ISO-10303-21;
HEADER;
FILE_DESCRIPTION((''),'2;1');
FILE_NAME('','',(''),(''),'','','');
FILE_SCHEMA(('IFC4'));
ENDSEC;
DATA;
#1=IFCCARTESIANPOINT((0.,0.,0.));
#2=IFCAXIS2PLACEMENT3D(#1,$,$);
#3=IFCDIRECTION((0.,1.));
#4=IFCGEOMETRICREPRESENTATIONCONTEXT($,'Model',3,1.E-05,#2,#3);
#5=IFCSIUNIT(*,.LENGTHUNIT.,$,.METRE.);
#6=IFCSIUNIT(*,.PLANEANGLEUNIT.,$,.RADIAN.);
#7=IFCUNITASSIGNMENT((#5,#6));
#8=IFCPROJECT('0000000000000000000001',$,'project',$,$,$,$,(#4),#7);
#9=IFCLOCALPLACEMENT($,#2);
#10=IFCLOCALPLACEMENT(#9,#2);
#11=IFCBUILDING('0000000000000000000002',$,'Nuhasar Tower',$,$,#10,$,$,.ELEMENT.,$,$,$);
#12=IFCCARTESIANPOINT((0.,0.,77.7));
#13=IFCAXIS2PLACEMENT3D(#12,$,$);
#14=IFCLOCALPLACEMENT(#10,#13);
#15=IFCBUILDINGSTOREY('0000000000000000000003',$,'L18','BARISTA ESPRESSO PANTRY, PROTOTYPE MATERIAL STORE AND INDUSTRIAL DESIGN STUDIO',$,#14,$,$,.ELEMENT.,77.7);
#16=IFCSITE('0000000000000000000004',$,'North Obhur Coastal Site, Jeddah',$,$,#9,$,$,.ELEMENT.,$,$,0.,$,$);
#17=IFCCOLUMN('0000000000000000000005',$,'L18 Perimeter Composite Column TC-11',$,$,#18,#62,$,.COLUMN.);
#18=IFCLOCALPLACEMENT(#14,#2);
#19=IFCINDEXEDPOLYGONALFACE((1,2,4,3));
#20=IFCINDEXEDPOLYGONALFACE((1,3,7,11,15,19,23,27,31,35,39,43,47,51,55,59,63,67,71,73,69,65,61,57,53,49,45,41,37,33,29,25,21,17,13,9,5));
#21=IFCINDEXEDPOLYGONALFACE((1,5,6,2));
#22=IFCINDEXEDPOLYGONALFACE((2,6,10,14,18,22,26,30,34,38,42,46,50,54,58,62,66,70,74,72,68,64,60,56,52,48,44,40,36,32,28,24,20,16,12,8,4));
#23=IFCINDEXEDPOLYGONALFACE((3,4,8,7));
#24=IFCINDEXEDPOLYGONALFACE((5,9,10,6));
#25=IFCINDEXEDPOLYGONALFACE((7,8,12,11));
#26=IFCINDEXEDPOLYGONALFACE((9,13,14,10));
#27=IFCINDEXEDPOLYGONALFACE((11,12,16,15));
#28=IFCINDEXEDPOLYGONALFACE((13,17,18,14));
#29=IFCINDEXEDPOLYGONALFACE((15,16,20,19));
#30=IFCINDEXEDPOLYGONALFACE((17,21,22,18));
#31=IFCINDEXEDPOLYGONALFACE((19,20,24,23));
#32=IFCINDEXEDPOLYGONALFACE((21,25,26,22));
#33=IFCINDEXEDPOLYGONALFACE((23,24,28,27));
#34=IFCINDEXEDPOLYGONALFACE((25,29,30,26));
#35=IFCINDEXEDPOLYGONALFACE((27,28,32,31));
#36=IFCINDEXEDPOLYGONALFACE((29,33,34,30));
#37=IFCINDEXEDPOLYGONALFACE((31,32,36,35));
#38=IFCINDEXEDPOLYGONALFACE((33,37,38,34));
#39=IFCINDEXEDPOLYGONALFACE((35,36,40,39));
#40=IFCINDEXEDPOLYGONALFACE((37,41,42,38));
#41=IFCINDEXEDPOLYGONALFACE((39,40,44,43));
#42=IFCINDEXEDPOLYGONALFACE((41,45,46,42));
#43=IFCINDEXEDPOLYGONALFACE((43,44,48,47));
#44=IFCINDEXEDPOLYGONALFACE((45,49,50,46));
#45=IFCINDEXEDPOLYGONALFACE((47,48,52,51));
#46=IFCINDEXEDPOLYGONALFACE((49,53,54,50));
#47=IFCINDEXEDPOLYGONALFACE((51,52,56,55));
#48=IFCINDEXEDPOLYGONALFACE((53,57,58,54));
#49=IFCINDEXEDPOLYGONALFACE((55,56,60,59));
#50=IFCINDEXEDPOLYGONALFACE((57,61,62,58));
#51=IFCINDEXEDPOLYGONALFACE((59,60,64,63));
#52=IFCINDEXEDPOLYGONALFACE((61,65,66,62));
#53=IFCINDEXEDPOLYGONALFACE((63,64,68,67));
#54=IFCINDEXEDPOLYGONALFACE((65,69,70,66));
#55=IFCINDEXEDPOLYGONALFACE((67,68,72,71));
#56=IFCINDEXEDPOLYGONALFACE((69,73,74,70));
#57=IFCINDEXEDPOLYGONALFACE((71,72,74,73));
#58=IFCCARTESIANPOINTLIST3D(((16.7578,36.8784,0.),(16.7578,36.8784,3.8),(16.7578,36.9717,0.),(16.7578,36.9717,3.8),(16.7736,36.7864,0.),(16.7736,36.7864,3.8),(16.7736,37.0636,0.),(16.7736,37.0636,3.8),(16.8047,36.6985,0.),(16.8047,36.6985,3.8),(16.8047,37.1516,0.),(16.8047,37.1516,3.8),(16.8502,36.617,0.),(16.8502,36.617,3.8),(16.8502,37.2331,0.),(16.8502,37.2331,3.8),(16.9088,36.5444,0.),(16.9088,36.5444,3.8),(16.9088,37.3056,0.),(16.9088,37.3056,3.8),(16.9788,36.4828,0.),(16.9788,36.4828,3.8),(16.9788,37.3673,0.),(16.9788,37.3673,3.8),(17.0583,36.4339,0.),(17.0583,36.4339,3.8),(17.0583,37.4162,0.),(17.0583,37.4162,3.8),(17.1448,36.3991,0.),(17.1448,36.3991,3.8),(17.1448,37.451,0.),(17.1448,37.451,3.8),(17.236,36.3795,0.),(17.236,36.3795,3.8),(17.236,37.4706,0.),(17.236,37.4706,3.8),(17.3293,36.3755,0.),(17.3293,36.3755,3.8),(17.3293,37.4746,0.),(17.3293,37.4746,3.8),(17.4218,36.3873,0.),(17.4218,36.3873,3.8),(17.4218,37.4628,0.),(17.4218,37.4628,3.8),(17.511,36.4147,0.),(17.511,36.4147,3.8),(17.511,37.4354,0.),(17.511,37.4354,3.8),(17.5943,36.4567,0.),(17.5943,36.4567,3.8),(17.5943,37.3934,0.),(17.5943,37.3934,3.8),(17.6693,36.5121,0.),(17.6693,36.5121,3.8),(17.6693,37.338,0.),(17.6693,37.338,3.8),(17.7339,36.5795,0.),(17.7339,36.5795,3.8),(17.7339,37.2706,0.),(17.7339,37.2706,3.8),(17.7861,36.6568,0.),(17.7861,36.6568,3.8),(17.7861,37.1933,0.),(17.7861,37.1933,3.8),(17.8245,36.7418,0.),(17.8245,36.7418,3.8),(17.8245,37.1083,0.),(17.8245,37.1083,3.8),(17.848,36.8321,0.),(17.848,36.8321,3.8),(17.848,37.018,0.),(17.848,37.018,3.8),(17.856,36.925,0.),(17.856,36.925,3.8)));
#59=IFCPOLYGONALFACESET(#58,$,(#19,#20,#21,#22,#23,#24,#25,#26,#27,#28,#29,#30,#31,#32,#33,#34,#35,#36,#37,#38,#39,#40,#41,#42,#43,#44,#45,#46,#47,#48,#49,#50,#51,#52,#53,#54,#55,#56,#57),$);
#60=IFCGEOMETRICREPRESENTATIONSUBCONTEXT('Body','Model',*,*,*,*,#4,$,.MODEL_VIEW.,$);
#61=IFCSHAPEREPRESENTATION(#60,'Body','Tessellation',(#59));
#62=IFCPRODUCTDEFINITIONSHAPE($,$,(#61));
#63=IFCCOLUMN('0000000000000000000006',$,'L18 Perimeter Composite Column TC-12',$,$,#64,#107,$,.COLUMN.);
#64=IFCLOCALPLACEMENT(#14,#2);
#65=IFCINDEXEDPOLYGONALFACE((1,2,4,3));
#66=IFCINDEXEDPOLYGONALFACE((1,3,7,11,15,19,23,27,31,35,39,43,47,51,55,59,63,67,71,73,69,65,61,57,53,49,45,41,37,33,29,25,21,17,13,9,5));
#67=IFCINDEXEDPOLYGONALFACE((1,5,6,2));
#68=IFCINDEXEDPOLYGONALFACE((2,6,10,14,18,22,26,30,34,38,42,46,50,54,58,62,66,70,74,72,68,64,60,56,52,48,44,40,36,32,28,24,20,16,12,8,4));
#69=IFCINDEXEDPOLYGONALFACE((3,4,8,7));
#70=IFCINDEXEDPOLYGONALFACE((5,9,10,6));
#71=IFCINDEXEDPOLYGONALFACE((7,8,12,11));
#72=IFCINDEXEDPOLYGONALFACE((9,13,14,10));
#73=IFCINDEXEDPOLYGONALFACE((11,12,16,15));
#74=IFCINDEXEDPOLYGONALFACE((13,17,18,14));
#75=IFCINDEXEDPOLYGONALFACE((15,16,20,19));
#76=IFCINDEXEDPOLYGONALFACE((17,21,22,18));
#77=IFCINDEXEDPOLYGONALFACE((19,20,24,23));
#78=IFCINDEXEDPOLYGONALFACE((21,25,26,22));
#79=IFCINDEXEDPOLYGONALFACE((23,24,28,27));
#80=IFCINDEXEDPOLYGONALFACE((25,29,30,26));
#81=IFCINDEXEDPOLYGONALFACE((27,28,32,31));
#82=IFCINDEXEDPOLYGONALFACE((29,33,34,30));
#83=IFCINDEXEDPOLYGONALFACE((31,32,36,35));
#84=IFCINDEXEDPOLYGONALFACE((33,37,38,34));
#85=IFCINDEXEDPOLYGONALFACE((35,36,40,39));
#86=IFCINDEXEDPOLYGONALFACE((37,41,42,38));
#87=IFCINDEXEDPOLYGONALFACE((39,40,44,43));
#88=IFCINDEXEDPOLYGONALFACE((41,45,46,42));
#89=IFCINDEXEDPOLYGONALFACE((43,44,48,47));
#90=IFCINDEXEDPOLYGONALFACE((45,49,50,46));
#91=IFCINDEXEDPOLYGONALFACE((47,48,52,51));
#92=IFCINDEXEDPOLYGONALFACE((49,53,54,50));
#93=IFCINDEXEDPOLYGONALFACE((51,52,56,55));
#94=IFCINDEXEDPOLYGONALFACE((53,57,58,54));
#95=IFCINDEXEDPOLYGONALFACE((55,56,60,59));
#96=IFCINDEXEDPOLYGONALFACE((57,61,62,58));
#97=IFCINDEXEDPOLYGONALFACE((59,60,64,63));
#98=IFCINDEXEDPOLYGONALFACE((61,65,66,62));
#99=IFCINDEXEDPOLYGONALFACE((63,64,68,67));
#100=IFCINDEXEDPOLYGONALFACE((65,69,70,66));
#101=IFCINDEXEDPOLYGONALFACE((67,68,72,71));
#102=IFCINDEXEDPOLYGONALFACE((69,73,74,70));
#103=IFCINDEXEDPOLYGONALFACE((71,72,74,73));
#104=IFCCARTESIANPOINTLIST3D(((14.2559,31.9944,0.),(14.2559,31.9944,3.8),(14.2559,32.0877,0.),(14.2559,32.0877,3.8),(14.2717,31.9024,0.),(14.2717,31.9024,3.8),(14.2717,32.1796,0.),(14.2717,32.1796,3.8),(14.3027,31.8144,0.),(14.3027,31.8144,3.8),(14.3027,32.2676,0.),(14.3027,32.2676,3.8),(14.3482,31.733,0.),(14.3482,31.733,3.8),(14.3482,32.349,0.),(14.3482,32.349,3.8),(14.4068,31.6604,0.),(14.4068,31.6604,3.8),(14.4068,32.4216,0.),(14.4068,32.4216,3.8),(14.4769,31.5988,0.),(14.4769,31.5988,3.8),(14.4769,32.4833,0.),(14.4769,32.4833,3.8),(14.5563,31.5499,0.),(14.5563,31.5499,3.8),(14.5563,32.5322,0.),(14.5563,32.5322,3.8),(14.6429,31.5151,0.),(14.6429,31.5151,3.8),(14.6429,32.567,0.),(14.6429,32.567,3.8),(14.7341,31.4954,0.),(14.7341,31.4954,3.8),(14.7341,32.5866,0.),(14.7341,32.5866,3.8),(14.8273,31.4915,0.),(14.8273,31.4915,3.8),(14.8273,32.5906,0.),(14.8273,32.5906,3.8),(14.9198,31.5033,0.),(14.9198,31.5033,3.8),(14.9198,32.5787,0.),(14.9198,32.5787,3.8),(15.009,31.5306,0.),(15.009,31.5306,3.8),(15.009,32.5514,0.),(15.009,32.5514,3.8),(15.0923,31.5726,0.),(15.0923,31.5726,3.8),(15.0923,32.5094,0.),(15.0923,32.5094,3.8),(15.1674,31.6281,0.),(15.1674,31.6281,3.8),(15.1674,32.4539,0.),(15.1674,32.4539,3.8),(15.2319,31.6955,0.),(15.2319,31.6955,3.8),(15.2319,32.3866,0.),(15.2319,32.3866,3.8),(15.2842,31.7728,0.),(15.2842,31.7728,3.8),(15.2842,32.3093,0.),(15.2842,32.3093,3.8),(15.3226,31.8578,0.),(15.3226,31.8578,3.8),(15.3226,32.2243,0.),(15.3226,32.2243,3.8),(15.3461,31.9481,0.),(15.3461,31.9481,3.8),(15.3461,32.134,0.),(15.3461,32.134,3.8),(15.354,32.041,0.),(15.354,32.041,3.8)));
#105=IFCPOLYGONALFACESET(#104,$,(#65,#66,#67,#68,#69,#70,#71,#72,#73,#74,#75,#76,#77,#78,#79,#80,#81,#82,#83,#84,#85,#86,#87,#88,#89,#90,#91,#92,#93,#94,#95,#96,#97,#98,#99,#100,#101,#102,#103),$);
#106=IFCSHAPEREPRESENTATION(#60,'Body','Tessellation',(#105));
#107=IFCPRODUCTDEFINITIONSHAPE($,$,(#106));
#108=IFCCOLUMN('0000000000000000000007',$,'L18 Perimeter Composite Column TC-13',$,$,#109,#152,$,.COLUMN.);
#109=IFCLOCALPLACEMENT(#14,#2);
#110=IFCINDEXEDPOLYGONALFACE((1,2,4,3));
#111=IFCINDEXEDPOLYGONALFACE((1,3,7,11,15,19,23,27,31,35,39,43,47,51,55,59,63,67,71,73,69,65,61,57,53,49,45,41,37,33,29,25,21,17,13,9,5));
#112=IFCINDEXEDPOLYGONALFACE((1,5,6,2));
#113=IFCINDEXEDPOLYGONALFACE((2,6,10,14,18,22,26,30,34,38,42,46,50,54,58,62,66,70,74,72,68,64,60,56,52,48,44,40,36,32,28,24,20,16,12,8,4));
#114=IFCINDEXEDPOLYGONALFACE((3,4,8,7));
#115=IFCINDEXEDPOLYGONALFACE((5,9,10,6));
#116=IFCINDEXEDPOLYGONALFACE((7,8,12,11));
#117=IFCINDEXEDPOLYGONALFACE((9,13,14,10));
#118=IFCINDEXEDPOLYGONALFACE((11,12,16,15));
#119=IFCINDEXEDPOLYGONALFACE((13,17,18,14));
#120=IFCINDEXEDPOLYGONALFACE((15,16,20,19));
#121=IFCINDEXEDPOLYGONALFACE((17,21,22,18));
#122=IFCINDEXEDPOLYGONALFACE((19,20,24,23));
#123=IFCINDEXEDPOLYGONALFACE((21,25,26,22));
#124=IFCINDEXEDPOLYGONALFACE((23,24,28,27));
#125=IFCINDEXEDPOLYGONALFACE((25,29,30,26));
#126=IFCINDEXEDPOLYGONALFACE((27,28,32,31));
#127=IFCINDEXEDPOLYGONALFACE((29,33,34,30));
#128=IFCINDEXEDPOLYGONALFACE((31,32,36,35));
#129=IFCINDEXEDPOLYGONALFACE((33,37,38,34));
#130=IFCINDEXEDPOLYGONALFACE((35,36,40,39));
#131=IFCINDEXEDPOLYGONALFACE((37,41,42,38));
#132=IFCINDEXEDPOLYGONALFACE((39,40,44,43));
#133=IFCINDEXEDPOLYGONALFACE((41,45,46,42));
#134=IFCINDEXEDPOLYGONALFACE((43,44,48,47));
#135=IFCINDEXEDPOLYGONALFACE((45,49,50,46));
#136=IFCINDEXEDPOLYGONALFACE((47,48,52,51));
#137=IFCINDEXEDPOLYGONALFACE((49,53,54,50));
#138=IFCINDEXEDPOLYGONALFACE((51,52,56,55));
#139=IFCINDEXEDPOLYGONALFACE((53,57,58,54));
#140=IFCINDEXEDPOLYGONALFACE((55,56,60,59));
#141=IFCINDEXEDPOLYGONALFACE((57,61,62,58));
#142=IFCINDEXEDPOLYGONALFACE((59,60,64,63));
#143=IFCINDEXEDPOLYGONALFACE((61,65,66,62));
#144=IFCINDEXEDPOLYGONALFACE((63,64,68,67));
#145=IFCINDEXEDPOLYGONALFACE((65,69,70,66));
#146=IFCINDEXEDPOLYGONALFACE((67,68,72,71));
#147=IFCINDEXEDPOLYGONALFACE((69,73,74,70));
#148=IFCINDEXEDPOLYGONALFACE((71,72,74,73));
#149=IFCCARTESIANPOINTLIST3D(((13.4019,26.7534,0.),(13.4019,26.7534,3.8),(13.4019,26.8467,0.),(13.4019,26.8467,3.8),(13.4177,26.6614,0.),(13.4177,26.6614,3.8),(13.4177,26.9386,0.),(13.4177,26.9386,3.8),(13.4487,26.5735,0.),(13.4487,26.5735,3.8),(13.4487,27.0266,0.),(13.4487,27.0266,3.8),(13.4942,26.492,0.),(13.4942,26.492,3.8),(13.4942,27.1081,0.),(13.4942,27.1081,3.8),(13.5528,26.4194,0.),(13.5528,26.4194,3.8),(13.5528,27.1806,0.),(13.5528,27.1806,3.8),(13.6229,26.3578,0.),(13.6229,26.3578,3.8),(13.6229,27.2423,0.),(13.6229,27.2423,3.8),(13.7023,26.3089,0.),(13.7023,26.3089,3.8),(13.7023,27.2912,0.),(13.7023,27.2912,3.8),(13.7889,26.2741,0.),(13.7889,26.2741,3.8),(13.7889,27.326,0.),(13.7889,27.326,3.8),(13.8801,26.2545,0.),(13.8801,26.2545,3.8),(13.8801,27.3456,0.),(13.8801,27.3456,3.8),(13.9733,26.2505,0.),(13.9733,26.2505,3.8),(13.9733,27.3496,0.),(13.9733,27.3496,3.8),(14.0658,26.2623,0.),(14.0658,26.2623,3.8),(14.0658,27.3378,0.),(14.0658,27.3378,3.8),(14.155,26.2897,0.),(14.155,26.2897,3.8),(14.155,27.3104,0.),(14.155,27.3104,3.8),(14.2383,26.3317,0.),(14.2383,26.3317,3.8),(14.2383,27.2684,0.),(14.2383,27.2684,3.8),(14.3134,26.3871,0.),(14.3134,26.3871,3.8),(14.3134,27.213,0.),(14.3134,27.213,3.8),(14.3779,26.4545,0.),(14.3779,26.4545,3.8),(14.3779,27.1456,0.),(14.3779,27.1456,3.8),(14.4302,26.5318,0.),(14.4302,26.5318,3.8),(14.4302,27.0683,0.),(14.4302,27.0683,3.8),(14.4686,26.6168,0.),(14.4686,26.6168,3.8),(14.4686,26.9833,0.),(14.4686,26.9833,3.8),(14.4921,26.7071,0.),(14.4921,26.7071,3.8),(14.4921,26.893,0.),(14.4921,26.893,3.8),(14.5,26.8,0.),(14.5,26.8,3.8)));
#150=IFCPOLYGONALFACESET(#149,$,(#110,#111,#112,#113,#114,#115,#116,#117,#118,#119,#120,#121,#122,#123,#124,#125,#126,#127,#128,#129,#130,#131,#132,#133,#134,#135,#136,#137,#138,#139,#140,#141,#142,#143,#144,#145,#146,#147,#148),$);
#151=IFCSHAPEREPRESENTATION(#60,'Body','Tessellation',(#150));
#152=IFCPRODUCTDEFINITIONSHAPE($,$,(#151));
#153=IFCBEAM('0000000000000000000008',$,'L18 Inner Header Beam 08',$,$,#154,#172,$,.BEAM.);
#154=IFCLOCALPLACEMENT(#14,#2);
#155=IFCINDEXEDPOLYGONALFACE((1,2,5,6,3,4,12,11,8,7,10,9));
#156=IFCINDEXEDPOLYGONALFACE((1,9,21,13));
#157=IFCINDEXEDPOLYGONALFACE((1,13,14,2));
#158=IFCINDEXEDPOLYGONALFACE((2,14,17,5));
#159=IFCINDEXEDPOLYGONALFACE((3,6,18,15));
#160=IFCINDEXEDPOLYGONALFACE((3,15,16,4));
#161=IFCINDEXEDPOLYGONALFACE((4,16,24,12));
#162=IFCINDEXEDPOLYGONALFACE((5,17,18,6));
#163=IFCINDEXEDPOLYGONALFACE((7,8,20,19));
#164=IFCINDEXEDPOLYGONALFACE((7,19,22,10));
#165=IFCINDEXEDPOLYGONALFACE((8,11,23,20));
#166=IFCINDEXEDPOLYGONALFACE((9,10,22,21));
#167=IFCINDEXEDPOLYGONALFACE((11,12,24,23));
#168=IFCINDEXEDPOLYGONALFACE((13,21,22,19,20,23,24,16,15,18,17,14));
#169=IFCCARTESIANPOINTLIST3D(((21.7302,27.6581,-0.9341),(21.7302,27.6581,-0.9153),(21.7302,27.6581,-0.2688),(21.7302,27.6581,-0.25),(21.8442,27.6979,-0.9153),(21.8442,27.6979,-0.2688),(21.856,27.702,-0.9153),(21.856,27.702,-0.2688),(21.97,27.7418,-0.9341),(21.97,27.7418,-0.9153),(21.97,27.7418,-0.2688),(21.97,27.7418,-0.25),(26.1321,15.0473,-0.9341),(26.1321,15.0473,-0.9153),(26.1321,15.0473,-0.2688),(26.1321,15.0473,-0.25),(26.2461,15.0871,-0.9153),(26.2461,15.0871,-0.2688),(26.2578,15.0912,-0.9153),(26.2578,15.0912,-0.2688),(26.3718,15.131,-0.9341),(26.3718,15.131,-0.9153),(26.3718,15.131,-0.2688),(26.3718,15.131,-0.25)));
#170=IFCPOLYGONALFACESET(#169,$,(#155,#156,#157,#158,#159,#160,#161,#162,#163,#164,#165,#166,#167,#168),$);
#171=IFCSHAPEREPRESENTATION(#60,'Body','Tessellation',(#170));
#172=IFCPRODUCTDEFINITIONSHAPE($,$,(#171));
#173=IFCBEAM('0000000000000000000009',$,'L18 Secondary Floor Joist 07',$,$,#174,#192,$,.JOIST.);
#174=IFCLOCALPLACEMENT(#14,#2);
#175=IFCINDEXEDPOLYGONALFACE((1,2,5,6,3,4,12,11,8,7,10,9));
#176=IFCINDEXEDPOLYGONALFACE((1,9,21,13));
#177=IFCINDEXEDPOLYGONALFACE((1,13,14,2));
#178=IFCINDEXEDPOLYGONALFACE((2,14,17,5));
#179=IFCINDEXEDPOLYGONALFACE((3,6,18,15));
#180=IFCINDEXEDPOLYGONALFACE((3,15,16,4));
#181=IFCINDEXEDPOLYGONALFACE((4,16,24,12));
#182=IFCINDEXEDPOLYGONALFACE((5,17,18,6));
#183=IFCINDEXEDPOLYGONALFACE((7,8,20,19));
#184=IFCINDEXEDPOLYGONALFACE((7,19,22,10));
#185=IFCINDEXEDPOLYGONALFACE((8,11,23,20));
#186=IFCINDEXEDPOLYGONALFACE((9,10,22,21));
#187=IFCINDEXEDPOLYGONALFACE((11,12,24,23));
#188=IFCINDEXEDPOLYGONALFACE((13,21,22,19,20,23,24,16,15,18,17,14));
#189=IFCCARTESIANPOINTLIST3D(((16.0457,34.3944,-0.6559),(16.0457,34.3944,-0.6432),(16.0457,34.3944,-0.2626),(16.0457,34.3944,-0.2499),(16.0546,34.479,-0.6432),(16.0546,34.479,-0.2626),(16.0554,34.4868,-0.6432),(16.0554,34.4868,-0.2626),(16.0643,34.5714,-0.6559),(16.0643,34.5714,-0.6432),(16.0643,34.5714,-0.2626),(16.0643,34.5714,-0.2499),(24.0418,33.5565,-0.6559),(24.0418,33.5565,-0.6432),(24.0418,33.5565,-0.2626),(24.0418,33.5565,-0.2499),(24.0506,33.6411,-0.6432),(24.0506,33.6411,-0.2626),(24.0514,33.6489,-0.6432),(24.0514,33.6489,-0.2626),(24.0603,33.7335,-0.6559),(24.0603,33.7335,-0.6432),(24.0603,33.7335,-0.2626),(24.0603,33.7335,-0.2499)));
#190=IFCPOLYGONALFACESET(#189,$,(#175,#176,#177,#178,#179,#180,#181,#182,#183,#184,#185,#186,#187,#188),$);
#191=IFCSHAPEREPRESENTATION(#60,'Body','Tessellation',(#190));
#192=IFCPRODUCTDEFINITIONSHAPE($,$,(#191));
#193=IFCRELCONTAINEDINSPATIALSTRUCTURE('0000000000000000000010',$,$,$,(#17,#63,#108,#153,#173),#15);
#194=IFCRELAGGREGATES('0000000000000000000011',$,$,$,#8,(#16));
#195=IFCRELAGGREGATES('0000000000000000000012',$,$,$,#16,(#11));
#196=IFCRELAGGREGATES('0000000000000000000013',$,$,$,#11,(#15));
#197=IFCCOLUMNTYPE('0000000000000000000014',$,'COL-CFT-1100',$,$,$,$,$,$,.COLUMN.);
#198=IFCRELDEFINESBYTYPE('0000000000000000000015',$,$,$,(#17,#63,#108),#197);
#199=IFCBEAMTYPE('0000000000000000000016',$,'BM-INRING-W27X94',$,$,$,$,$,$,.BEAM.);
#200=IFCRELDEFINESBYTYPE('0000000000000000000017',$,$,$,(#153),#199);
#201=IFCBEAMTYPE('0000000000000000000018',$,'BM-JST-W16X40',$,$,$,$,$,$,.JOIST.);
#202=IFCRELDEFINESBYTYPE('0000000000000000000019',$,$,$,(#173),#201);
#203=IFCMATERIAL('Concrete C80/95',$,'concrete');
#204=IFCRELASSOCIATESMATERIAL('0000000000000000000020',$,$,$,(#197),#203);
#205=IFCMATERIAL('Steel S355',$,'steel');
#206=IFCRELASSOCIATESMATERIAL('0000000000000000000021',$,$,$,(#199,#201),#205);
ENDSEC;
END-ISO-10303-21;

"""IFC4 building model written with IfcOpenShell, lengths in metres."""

from ifc_helpers import new_model, si_unit, direction, frame, origin, origin_2d, place, context, subcontext, project, spatial, circle, i_section, extrude, material, material_profile, profile_set, type_object, element, save


model = new_model("IFC4")

# Units and contexts
model_context = context("Model", 3, precision=1e-05, world=origin(), true_north=direction((0.0, 1.0)))
body_context = subcontext(model_context, "Body", "Model", "MODEL_VIEW")
ifc_project = project(units=[si_unit("LENGTHUNIT", "METRE"), si_unit("PLANEANGLEUNIT", "RADIAN")], contexts=[model_context])

# Site, building, storey
site_placement = place(None, origin())
site = spatial("IfcSite", under=ifc_project, at=site_placement, Name="North Obhur Coastal Site, Jeddah", CompositionType="ELEMENT", RefElevation=0.0)
building_placement = place(site_placement, origin())
building = spatial("IfcBuilding", under=site, at=building_placement, Name="Nuhasar Tower", CompositionType="ELEMENT")
storey_placement = place(building_placement, frame((0.0, 0.0, 77.7)))
storey = spatial("IfcBuildingStorey", under=building, at=storey_placement, Name="L18", Description="BARISTA ESPRESSO PANTRY, PROTOTYPE MATERIAL STORE AND INDUSTRIAL DESIGN STUDIO", CompositionType="ELEMENT", Elevation=77.7)

# Columns
ifc_material_1 = material(Name="Concrete C80/95", Category="concrete")
ifc_material_profile_1 = material_profile(ifc_material_1, circle(Radius=0.55, at=origin_2d()), Name="CFT1100")
ifc_profile_set_1 = profile_set([ifc_material_profile_1], Name="Concrete C80/95")
column_type = type_object("IfcColumnType", Name="COL-CFT-1100", PredefinedType="COLUMN", material=ifc_profile_set_1)
for number, where, z_axis, x_axis, name in (
    (1, (17.3059, 36.925, 0.0), (0.0, 0.0, 1.0), (1.0, 0.0, 0.0), "L18 Perimeter Composite Column TC-11"),
    (2, (14.804, 32.041, 0.0), (0.0, 0.0, 1.0), (1.0, 0.0, 0.0), "L18 Perimeter Composite Column TC-12"),
    (3, (13.95, 26.8, 0.0), (0.0, 0.0, 1.0), (1.0, 0.0, 0.0), "L18 Perimeter Composite Column TC-13"),
):
    element("IfcColumn", number, at=place(storey_placement, frame(where, z_axis=z_axis, x_axis=x_axis)), inside=storey, type_object=column_type, Name=name, PredefinedType="COLUMN", context=body_context, shape_type="SweptSolid", body=[
        extrude(circle(Radius=0.55, at=origin_2d()), origin(), (0.0, 0.0, 1.0), 3.8),
    ])

# Beams
ifc_material_2 = material(Name="Steel S355", Category="steel")
ifc_material_profile_2 = material_profile(ifc_material_2, i_section(OverallWidth=0.2539, OverallDepth=0.6841, WebThickness=0.0125, FlangeThickness=0.0188, at=origin_2d()), Name="W27X94")
ifc_profile_set_2 = profile_set([ifc_material_profile_2], Name="Steel S355")
beam_type_1 = type_object("IfcBeamType", Name="BM-INRING-W27X94", PredefinedType="BEAM", material=ifc_profile_set_2)
beam_1_placement = place(storey_placement, frame((21.8501, 27.7, -0.592), z_axis=(0.329554, -0.944137, 0.0), x_axis=(0.944137, 0.329554, 0.0)))
element("IfcBeam", 4, at=beam_1_placement, inside=storey, type_object=beam_type_1, Name="L18 Inner Header Beam 08", PredefinedType="BEAM", context=body_context, shape_type="SweptSolid", body=[
    extrude(i_section(OverallWidth=0.2539, OverallDepth=0.6841, WebThickness=0.0125, FlangeThickness=0.0188, at=origin_2d()), origin(), (0.0, 0.0, 1.0), 13.3569),
])
ifc_material_profile_3 = material_profile(ifc_material_2, i_section(OverallWidth=0.178, OverallDepth=0.406, WebThickness=0.0078, FlangeThickness=0.0127, at=origin_2d()), Name="W16X40")
ifc_profile_set_3 = profile_set([ifc_material_profile_3], Name="Steel S355")
beam_type_2 = type_object("IfcBeamType", Name="BM-JST-W16X40", PredefinedType="JOIST", material=ifc_profile_set_3)
beam_2_placement = place(storey_placement, frame((24.051, 33.645, -0.4529), z_axis=(-0.994555, 0.104217, 0.0), x_axis=(-0.104217, -0.994555, 0.0)))
element("IfcBeam", 5, at=beam_2_placement, inside=storey, type_object=beam_type_2, Name="L18 Secondary Floor Joist 07", PredefinedType="JOIST", context=body_context, shape_type="SweptSolid", body=[
    extrude(i_section(OverallWidth=0.178, OverallDepth=0.406, WebThickness=0.0078, FlangeThickness=0.0127, at=origin_2d()), origin(), (0.0, 0.0, 1.0), 8.0398),
])

save(model, "model.ifc")
